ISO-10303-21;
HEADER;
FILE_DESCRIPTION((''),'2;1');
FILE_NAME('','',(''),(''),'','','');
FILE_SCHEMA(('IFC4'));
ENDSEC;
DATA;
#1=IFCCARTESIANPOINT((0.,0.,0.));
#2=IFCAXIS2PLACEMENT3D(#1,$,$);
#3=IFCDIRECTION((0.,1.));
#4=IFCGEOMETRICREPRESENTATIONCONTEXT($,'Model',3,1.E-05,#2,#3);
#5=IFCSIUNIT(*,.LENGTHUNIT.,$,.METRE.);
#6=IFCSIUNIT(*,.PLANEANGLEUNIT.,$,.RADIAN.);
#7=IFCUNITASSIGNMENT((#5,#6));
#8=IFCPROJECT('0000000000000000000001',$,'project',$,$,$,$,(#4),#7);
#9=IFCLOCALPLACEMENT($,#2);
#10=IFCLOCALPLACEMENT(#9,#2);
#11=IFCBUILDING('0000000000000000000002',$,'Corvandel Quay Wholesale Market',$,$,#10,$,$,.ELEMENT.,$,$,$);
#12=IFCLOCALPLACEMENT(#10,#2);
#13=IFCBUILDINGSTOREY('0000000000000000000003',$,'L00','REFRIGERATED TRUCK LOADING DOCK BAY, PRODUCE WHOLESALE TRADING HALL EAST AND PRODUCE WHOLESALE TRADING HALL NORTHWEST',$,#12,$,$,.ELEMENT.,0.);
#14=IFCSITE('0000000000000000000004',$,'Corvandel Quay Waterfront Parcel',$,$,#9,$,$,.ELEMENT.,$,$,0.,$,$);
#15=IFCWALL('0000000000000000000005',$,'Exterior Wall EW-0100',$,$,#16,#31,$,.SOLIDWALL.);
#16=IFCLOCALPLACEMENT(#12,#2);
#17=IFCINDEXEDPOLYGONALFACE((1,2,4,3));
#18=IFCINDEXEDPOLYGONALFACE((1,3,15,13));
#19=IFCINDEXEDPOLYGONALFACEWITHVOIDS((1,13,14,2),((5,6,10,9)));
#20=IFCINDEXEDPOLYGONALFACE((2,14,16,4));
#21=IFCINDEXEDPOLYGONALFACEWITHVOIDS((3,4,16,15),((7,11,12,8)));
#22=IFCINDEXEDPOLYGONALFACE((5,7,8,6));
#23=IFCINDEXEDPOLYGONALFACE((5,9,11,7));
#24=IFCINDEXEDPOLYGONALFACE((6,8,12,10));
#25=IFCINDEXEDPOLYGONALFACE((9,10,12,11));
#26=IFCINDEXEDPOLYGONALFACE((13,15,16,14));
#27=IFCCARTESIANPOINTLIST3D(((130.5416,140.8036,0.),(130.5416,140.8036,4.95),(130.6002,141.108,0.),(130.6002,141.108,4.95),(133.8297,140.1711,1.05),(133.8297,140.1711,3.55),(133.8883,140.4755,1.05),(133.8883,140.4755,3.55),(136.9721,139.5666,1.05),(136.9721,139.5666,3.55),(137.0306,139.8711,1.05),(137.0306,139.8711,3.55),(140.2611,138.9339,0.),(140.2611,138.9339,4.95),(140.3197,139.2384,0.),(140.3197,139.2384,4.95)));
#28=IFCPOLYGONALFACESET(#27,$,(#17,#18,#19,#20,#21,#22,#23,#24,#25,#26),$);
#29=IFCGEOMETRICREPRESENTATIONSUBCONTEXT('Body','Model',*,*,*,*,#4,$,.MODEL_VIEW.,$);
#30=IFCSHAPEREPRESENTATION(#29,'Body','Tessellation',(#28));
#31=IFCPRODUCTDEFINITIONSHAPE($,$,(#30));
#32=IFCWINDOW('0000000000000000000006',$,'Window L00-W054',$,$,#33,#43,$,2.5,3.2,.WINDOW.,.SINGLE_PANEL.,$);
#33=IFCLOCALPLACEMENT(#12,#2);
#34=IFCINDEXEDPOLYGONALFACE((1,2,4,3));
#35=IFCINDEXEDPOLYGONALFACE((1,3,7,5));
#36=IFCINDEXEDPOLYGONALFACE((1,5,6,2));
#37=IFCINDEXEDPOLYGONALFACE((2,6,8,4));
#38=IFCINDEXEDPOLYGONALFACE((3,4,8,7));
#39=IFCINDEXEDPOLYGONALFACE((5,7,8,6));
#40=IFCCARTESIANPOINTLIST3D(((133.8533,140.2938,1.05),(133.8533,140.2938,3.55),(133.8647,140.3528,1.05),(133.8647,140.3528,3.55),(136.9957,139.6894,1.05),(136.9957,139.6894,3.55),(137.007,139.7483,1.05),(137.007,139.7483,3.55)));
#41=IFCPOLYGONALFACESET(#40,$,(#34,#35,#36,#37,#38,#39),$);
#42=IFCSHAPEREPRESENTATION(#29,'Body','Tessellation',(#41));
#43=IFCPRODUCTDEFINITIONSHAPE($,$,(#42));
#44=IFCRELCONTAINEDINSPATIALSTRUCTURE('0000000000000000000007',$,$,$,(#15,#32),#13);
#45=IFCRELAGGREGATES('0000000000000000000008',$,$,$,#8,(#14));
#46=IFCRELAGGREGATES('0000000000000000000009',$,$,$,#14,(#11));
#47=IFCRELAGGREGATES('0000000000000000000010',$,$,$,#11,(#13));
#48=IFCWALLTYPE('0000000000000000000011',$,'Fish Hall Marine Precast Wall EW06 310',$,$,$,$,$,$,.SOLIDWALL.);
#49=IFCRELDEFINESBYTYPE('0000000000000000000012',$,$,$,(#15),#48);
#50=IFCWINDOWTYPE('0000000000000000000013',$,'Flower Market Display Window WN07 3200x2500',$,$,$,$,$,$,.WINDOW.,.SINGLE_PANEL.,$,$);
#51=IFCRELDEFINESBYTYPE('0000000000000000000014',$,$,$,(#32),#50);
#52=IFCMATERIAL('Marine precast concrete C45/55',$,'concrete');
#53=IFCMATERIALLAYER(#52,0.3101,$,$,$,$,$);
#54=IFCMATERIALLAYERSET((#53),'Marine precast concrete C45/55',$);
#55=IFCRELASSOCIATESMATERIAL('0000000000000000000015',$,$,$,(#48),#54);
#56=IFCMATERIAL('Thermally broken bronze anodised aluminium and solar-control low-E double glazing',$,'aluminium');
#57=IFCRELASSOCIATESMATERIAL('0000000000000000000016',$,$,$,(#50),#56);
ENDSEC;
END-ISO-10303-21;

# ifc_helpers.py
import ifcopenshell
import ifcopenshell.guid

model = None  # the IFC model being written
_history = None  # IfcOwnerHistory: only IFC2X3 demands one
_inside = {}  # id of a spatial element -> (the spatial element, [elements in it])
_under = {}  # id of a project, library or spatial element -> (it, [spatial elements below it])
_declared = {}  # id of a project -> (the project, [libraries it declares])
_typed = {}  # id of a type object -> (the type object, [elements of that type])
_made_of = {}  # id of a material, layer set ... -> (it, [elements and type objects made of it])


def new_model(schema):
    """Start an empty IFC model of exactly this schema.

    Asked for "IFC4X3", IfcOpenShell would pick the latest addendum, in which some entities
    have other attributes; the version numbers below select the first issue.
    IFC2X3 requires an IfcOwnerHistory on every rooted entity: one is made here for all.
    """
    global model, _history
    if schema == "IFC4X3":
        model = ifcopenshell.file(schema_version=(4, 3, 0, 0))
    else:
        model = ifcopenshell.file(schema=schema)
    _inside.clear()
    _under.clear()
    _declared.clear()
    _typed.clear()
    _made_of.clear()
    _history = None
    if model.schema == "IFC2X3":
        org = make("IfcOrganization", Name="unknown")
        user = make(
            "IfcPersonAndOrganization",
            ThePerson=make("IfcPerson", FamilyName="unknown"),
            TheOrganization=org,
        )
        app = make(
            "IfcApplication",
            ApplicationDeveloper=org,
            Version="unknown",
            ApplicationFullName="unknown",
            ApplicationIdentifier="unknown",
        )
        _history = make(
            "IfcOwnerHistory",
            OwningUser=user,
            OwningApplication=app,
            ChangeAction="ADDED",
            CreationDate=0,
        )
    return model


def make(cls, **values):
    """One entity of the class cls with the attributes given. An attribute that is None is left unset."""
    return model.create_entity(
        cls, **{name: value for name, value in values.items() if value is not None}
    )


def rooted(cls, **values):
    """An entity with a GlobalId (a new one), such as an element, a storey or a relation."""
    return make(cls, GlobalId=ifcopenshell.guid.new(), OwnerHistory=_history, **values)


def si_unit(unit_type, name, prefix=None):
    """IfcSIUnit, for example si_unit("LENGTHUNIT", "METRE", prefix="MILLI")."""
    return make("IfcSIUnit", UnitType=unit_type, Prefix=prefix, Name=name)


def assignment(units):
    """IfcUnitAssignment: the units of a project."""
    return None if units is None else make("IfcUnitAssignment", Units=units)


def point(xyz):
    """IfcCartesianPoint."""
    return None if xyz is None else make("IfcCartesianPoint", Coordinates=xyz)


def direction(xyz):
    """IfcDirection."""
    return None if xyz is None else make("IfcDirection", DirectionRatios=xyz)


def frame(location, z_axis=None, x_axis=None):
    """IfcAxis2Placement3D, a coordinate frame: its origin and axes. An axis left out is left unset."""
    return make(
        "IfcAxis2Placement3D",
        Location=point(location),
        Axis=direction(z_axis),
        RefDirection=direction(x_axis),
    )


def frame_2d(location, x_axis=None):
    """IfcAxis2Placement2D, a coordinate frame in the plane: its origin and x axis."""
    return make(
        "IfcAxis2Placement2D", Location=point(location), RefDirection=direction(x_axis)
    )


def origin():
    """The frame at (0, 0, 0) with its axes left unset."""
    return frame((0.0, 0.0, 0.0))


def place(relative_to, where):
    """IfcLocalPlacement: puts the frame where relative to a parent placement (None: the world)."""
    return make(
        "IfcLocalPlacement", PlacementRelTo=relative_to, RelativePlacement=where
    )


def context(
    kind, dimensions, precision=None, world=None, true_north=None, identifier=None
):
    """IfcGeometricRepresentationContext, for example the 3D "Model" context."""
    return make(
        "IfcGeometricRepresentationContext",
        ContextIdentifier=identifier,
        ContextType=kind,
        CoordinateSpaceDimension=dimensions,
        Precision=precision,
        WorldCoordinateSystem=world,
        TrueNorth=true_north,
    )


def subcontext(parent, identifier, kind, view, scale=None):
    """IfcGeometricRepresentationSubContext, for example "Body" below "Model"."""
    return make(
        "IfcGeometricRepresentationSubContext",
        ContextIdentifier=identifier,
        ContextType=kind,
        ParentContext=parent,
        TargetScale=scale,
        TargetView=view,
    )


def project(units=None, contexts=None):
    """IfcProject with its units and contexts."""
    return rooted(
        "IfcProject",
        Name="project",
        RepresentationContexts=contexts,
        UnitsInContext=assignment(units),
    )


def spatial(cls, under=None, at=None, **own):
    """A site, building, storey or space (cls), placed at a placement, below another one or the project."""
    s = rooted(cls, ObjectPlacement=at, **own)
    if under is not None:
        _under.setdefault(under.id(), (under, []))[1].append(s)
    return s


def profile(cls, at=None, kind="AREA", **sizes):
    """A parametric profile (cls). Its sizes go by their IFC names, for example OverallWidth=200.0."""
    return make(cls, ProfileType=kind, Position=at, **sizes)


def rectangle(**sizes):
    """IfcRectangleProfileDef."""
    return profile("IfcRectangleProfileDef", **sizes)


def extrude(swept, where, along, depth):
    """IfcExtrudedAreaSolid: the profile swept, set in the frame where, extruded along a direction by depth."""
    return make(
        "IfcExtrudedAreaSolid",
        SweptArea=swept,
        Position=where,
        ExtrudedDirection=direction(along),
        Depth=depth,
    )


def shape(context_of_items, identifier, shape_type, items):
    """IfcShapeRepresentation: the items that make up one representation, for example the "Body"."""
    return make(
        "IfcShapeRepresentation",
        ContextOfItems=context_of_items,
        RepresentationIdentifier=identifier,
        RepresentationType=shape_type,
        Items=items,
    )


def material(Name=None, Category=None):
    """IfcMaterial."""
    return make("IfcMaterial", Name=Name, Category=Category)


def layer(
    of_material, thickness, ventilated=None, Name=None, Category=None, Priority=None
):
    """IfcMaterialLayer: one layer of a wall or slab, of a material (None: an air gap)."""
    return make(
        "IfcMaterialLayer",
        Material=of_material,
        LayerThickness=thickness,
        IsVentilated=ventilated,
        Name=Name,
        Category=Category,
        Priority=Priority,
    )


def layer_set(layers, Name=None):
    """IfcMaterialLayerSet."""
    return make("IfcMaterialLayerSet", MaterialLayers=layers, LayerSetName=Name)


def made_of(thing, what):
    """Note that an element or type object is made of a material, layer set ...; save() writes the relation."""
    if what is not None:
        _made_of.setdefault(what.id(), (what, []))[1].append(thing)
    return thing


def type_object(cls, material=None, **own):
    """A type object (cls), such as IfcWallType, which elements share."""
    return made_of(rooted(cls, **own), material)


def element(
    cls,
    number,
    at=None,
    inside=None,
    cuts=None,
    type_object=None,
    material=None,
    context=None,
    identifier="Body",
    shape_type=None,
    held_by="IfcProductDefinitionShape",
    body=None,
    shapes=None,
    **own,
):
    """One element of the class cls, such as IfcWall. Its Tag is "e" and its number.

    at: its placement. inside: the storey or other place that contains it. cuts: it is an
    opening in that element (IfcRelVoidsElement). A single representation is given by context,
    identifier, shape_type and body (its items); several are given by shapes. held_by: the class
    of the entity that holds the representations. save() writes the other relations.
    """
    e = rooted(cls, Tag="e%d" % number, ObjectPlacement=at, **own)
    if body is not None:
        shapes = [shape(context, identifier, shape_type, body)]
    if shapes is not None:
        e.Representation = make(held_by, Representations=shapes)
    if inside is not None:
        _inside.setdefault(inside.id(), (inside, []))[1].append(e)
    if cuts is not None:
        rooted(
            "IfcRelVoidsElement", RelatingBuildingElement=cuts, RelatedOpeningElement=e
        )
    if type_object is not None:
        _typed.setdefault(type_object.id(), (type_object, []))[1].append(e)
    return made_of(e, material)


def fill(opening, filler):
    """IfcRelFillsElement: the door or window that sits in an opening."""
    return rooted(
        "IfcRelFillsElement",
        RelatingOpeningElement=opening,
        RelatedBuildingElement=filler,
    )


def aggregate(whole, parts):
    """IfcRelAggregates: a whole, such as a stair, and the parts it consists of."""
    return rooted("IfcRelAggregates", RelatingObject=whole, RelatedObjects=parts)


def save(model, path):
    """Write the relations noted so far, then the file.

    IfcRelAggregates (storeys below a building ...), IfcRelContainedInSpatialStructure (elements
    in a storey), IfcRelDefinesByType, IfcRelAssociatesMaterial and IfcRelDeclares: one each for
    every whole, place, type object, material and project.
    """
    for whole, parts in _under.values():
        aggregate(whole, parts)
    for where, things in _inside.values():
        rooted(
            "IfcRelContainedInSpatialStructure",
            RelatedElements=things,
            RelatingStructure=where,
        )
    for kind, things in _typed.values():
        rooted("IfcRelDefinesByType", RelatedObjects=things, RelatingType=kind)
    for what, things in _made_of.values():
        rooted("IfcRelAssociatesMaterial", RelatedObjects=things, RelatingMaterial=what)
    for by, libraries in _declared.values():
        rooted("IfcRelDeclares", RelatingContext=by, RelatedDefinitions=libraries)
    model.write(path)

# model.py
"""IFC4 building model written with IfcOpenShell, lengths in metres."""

from ifc_helpers import new_model, si_unit, direction, frame, frame_2d, origin, place, context, subcontext, project, spatial, rectangle, extrude, material, layer, layer_set, type_object, element, fill, save


model = new_model("IFC4")

# Units and contexts
model_context = context("Model", 3, precision=1e-05, world=origin(), true_north=direction((0.0, 1.0)))
body_context = subcontext(model_context, "Body", "Model", "MODEL_VIEW")
ifc_project = project(units=[si_unit("LENGTHUNIT", "METRE"), si_unit("PLANEANGLEUNIT", "RADIAN")], contexts=[model_context])

# Site, building, storey
site_placement = place(None, origin())
site = spatial("IfcSite", under=ifc_project, at=site_placement, Name="Corvandel Quay Waterfront Parcel", CompositionType="ELEMENT", RefElevation=0.0)
building_placement = place(site_placement, origin())
building = spatial("IfcBuilding", under=site, at=building_placement, Name="Corvandel Quay Wholesale Market", CompositionType="ELEMENT")
storey_placement = place(building_placement, origin())
storey = spatial("IfcBuildingStorey", under=building, at=storey_placement, Name="L00", Description="REFRIGERATED TRUCK LOADING DOCK BAY, PRODUCE WHOLESALE TRADING HALL EAST AND PRODUCE WHOLESALE TRADING HALL NORTHWEST", CompositionType="ELEMENT", Elevation=0.0)

# Wall, opening, window
ifc_material_1 = material(Name="Marine precast concrete C45/55", Category="concrete")
ifc_layer_1 = layer(ifc_material_1, 0.3101)
ifc_layer_set_1 = layer_set([ifc_layer_1], Name="Marine precast concrete C45/55")
wall_type_1 = type_object("IfcWallType", Name="Fish Hall Marine Precast Wall EW06 310", PredefinedType="SOLIDWALL", material=ifc_layer_set_1)
wall_1_placement = place(storey_placement, frame((140.2903, 139.0862, 0.0), z_axis=(0.0, 0.0, 1.0), x_axis=(-0.981997, 0.188896, 0.0)))
wall_1 = element("IfcWall", 1, at=wall_1_placement, inside=storey, type_object=wall_type_1, Name="Exterior Wall EW-0100", PredefinedType="SOLIDWALL", context=body_context, shape_type="SweptSolid", body=[
    extrude(rectangle(XDim=9.8977, YDim=0.3101, at=frame_2d((4.9487, 0.0))), origin(), (0.0, 0.0, 1.0), 4.95),
])
opening_placement = place(wall_1_placement, frame((3.3491, 0.0, 1.05)))
opening = element("IfcOpeningElement", 2, at=opening_placement, cuts=wall_1, PredefinedType="OPENING", context=body_context, shape_type="SweptSolid", body=[
    extrude(rectangle(XDim=3.2, YDim=2.5, at=frame_2d((1.6001, 1.25))), frame((0.0, 0.165, 0.0), z_axis=(0.0, -1.0, 0.0), x_axis=(1.0, 0.0, 0.0)), (0.0, 0.0, 1.0), 0.3301),
])
ifc_material_2 = material(Name="Thermally broken bronze anodised aluminium and solar-control low-E double glazing", Category="aluminium")
window_type = type_object("IfcWindowType", Name="Flower Market Display Window WN07 3200x2500", PartitioningType="SINGLE_PANEL", PredefinedType="WINDOW", material=ifc_material_2)
window_placement = place(opening_placement, origin())
window = element("IfcWindow", 3, at=window_placement, inside=storey, type_object=window_type, Name="Window L00-W054", OverallHeight=2.5, OverallWidth=3.2, PartitioningType="SINGLE_PANEL", PredefinedType="WINDOW", context=body_context, shape_type="SweptSolid", body=[
    extrude(rectangle(XDim=3.2, YDim=2.5, at=frame_2d((1.6001, 1.25))), frame((0.0, 0.03, 0.0), z_axis=(0.0, -1.0, 0.0), x_axis=(1.0, 0.0, 0.0)), (0.0, 0.0, 1.0), 0.0601),
])
fill(opening, window)

save(model, "model.ifc")
